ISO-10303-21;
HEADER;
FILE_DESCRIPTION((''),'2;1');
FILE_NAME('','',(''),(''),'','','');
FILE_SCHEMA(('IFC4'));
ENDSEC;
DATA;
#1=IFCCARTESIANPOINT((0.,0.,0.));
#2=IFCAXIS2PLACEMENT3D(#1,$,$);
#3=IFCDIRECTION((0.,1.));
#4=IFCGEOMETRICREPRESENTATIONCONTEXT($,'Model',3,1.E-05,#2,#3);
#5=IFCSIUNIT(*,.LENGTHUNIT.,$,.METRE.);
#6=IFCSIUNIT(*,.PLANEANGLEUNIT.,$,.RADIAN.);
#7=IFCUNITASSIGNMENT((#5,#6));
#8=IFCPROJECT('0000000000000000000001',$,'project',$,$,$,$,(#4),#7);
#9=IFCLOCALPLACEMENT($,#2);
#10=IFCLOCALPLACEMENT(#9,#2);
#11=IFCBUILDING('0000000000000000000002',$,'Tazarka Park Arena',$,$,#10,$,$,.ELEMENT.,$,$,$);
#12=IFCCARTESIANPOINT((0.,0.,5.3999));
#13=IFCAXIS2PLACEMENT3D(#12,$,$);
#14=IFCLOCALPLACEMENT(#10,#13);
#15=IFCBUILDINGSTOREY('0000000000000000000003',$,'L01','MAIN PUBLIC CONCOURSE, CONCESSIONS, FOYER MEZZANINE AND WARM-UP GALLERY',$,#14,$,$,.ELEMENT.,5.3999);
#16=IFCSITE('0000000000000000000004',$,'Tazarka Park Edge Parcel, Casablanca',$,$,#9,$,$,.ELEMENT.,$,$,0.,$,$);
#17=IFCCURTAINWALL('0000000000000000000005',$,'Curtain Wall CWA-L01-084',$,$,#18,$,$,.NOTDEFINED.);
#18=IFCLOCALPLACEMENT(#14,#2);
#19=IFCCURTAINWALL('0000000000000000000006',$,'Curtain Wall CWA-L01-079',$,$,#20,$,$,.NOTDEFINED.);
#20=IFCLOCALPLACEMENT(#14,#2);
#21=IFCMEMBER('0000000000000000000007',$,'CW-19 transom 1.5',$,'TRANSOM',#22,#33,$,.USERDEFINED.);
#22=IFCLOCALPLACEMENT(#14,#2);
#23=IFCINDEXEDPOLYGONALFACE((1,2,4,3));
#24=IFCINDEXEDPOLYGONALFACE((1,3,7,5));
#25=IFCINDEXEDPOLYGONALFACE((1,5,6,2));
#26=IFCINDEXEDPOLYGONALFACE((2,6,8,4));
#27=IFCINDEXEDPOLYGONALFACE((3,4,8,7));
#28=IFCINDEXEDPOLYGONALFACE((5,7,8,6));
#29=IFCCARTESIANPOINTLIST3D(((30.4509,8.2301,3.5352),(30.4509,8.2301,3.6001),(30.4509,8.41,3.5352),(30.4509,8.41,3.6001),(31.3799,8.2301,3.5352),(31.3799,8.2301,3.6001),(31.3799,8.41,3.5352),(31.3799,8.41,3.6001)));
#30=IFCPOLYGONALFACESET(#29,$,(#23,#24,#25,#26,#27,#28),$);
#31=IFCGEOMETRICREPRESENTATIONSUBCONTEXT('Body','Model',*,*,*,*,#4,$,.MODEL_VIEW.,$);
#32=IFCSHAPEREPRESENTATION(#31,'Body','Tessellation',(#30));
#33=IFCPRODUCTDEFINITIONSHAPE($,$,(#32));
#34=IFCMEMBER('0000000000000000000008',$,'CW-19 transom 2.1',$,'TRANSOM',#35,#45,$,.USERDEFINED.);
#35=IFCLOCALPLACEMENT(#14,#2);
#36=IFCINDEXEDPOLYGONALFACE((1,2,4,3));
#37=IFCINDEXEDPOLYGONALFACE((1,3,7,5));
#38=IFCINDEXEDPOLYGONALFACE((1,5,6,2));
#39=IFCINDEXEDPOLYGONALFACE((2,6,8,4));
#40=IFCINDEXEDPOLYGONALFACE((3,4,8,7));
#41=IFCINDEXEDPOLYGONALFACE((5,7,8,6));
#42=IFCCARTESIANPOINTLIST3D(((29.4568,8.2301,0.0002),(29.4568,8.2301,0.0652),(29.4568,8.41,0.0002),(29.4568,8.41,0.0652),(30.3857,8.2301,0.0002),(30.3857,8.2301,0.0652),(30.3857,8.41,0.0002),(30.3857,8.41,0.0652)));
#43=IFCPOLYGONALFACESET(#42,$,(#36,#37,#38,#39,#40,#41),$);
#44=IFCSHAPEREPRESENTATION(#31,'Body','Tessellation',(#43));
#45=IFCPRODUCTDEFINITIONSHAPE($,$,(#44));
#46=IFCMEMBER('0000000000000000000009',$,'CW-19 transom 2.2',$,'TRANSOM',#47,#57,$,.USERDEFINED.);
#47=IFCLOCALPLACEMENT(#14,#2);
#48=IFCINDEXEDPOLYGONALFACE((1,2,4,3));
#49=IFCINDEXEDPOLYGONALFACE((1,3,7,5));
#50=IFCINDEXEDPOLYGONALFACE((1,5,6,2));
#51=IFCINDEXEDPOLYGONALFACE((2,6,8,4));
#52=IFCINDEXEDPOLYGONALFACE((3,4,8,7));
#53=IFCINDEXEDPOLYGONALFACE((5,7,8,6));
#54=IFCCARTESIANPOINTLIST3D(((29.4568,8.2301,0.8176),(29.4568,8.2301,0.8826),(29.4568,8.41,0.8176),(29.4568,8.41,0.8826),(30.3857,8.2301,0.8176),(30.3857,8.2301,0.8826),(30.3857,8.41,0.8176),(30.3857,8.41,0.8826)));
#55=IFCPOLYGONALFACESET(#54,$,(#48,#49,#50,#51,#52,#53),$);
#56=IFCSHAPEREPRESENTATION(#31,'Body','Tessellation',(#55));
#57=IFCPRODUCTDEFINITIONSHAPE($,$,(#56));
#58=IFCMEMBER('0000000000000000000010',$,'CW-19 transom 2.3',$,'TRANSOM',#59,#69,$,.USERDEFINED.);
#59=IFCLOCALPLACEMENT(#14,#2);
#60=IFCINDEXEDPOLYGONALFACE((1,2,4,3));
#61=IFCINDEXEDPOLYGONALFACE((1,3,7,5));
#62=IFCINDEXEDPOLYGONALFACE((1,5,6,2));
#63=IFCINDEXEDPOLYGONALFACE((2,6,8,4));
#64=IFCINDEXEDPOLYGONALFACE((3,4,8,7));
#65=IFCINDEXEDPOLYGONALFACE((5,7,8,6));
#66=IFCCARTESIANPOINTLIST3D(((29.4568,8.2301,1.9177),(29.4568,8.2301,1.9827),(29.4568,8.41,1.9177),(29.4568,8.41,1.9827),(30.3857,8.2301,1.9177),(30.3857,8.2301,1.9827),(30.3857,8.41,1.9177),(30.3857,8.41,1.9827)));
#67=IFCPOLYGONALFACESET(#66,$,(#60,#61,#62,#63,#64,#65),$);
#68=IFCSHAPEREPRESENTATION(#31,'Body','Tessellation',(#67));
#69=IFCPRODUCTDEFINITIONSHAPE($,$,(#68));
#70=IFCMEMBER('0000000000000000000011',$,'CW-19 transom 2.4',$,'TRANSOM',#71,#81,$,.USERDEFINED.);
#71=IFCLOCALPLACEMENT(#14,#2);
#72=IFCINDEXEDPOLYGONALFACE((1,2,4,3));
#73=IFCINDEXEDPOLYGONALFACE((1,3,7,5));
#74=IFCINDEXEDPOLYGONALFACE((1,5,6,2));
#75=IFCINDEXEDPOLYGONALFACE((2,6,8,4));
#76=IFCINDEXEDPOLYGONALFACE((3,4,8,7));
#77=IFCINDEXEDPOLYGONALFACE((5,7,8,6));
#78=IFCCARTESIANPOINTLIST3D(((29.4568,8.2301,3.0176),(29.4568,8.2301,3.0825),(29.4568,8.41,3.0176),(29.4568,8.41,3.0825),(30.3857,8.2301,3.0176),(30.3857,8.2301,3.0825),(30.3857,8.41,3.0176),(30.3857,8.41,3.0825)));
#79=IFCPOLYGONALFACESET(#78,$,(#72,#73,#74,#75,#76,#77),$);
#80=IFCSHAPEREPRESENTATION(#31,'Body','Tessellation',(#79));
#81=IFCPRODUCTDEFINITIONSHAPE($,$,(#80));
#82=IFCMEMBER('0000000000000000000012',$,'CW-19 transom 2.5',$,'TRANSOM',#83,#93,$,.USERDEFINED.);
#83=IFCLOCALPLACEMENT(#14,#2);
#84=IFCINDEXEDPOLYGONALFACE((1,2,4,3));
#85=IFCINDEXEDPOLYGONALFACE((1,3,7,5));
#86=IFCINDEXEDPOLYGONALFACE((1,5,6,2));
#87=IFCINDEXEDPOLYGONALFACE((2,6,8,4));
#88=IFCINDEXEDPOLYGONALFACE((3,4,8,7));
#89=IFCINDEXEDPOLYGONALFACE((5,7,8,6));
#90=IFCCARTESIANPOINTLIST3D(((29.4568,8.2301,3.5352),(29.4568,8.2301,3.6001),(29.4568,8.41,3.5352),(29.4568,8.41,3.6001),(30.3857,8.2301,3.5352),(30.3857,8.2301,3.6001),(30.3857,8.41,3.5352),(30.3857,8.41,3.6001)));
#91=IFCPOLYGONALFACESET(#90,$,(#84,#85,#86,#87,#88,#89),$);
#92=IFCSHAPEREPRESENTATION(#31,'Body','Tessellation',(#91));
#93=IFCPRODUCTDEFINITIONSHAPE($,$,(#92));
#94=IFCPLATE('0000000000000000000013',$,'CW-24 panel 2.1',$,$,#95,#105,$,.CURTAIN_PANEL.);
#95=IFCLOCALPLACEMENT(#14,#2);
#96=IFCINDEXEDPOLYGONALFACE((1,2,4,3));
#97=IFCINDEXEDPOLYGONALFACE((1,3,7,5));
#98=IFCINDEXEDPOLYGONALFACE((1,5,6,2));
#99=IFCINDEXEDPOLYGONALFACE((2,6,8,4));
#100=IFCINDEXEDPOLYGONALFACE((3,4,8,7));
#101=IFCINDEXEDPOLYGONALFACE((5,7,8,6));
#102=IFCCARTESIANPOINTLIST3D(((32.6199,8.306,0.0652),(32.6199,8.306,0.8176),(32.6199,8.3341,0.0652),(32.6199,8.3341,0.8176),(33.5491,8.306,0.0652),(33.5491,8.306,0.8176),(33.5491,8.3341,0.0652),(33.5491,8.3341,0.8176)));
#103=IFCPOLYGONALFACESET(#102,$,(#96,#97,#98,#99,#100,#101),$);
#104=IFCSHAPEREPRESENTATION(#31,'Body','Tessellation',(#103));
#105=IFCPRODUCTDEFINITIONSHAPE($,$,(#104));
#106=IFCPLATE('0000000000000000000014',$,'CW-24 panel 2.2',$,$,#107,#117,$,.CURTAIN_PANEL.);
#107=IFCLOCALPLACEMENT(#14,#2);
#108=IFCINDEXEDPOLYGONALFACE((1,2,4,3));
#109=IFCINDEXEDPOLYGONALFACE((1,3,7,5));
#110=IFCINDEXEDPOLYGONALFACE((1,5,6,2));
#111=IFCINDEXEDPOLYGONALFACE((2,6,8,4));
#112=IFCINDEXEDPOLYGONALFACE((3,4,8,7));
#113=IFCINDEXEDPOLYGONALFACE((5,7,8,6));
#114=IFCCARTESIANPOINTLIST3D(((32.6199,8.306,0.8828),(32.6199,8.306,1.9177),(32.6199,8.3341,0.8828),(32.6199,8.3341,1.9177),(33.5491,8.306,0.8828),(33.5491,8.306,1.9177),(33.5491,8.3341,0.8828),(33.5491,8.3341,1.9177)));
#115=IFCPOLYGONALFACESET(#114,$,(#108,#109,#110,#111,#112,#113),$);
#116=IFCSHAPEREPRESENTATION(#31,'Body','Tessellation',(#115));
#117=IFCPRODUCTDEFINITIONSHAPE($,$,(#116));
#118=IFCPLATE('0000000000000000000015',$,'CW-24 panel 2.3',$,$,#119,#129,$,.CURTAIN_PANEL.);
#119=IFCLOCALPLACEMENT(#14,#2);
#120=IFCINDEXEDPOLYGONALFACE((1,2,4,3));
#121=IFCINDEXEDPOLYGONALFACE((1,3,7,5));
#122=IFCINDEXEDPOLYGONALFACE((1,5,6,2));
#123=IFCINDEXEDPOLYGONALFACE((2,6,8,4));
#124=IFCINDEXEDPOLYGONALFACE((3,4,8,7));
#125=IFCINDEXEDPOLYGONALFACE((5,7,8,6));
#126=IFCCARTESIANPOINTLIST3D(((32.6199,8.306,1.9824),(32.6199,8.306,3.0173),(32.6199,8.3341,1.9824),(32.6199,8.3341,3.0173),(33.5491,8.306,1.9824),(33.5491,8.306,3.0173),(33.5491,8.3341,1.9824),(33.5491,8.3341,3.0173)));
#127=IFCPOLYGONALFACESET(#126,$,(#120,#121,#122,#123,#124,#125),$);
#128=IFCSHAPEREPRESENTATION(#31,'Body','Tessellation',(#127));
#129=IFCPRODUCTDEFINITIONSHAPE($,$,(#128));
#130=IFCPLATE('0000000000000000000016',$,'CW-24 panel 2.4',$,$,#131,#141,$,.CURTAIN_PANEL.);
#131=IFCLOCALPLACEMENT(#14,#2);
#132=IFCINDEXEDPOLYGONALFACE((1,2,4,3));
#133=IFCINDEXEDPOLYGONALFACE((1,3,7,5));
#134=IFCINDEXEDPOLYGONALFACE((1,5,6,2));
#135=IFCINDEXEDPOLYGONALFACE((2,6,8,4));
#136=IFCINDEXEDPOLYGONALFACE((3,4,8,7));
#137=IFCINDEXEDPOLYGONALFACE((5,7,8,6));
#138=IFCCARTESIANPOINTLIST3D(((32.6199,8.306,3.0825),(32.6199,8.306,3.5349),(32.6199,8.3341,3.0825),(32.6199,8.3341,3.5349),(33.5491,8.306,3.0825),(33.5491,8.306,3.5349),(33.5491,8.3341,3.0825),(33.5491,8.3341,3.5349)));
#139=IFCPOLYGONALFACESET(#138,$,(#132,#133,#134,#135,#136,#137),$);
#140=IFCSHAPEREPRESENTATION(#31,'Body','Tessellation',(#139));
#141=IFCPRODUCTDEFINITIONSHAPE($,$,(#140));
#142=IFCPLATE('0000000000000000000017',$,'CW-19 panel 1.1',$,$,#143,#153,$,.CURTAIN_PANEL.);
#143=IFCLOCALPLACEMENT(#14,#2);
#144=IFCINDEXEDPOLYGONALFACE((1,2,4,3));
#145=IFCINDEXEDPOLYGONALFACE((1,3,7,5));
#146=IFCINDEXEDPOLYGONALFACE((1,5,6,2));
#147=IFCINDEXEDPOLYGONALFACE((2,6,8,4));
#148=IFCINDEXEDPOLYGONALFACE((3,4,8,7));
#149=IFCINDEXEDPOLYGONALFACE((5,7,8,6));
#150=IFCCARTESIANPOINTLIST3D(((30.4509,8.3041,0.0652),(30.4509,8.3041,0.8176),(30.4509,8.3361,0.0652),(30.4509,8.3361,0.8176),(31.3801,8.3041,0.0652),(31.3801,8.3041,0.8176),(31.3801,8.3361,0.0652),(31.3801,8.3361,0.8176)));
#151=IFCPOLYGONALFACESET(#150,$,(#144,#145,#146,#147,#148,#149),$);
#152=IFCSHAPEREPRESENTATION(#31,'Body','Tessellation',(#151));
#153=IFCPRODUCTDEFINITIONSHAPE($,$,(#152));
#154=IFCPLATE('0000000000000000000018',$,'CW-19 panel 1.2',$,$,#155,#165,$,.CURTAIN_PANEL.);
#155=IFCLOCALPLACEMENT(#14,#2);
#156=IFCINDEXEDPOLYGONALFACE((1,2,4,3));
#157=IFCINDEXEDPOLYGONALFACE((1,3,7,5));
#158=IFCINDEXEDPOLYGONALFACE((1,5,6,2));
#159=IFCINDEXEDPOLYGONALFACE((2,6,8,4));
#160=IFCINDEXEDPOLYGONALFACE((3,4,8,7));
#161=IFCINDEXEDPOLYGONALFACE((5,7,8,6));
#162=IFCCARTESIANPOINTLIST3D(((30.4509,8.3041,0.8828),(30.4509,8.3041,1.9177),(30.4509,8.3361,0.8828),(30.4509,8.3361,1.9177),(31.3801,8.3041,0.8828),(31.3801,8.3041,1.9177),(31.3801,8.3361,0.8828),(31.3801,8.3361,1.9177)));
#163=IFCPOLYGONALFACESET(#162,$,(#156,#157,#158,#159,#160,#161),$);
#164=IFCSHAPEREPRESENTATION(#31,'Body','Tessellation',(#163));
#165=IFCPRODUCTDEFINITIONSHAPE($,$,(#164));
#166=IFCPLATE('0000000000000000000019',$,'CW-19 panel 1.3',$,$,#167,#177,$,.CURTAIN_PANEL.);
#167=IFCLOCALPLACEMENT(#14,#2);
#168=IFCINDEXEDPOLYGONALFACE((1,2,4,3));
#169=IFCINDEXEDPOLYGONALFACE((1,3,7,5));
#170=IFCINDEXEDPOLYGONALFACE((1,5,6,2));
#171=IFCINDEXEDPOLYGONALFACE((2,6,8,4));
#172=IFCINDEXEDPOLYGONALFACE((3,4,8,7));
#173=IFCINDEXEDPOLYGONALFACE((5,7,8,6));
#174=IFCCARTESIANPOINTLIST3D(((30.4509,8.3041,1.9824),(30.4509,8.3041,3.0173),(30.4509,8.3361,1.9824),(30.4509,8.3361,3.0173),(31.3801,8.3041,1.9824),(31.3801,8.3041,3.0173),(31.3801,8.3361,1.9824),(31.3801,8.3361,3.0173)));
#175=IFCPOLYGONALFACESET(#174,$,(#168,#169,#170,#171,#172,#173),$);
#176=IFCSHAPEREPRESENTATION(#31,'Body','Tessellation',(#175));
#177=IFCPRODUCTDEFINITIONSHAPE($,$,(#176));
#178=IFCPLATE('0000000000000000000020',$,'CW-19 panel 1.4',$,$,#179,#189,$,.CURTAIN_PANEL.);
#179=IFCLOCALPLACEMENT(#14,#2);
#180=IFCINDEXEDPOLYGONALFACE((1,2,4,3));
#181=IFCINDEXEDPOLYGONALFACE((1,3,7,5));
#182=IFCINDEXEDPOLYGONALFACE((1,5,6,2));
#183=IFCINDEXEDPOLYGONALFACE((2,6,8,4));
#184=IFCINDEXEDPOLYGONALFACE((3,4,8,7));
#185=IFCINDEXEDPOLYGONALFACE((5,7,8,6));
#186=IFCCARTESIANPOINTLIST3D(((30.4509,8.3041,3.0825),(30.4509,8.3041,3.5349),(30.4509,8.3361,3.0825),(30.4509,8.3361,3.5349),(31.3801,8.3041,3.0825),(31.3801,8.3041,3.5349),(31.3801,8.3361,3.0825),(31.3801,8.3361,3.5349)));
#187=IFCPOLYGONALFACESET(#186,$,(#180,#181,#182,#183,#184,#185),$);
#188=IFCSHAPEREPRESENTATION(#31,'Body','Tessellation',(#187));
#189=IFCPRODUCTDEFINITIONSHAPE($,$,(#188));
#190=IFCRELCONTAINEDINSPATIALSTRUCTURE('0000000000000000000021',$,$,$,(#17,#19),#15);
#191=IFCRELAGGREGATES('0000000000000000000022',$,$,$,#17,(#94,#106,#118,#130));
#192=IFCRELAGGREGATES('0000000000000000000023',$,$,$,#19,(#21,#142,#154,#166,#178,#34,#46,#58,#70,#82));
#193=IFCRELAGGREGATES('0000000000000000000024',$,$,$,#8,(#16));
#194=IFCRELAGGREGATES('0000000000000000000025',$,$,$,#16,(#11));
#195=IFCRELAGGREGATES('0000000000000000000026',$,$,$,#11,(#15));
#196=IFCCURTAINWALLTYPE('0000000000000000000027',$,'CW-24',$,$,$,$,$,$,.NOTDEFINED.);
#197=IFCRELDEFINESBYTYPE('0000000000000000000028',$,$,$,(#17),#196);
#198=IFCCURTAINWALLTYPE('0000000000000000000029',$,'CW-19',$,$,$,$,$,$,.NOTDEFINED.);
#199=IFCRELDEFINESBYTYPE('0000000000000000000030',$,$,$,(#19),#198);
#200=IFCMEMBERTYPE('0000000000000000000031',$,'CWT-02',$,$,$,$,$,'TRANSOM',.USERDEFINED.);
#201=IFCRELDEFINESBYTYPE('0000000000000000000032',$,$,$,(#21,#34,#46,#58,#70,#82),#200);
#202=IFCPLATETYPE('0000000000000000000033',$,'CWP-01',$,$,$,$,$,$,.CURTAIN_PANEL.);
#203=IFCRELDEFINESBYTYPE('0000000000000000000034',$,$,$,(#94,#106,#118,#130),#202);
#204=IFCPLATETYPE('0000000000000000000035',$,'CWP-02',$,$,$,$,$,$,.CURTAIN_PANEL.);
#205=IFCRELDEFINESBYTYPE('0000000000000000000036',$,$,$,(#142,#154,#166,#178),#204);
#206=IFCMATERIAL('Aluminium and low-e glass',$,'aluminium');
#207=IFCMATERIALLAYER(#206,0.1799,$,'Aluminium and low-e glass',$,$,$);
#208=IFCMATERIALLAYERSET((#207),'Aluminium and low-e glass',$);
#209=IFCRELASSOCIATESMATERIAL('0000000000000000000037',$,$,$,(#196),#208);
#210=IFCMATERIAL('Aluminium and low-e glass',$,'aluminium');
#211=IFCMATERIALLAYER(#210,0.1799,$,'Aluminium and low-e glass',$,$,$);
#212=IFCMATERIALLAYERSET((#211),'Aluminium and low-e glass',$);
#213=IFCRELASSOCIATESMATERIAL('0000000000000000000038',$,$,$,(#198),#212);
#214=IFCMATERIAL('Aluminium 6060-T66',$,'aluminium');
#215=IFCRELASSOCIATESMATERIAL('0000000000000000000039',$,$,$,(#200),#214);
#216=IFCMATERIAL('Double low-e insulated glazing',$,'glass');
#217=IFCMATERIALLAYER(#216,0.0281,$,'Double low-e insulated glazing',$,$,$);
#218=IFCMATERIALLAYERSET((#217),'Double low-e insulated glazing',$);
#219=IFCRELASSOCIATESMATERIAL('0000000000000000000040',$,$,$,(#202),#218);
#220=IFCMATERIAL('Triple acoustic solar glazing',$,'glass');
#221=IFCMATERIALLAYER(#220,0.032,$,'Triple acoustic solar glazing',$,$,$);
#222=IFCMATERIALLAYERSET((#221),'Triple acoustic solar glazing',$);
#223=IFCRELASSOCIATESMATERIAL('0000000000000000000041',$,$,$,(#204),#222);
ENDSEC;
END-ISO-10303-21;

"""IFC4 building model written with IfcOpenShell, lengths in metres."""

from ifc_helpers import new_model, si_unit, direction, frame, origin, origin_2d, place, context, subcontext, project, spatial, rectangle, extrude, material, layer, layer_set, material_profile, profile_set, type_object, element, aggregate, save


model = new_model("IFC4")

# Units and contexts
model_context = context("Model", 3, precision=1e-05, world=origin(), true_north=direction((0.0, 1.0)))
body_context = subcontext(model_context, "Body", "Model", "MODEL_VIEW")
ifc_project = project(units=[si_unit("LENGTHUNIT", "METRE"), si_unit("PLANEANGLEUNIT", "RADIAN")], contexts=[model_context])

# Site, building, storey
site_placement = place(None, origin())
site = spatial("IfcSite", under=ifc_project, at=site_placement, Name="Tazarka Park Edge Parcel, Casablanca", CompositionType="ELEMENT", RefElevation=0.0)
building_placement = place(site_placement, origin())
building = spatial("IfcBuilding", under=site, at=building_placement, Name="Tazarka Park Arena", CompositionType="ELEMENT")
storey_placement = place(building_placement, frame((0.0, 0.0, 5.3999)))
storey = spatial("IfcBuildingStorey", under=building, at=storey_placement, Name="L01", Description="MAIN PUBLIC CONCOURSE, CONCESSIONS, FOYER MEZZANINE AND WARM-UP GALLERY", CompositionType="ELEMENT", Elevation=5.3999)

# Curtain wall
ifc_material_1 = material(Name="Aluminium and low-e glass", Category="aluminium")
ifc_layer_1 = layer(ifc_material_1, 0.1799, Name="Aluminium and low-e glass")
ifc_layer_set_1 = layer_set([ifc_layer_1], Name="Aluminium and low-e glass")
curtain_wall_type_1 = type_object("IfcCurtainWallType", Name="CW-24", PredefinedType="NOTDEFINED", material=ifc_layer_set_1)
curtain_wall_1_placement = place(storey_placement, origin())
curtain_wall_1 = element("IfcCurtainWall", 1, at=curtain_wall_1_placement, inside=storey, type_object=curtain_wall_type_1, Name="Curtain Wall CWA-L01-084", PredefinedType="NOTDEFINED")

# Curtain wall
ifc_material_2 = material(Name="Aluminium and low-e glass", Category="aluminium")
ifc_layer_2 = layer(ifc_material_2, 0.1799, Name="Aluminium and low-e glass")
ifc_layer_set_2 = layer_set([ifc_layer_2], Name="Aluminium and low-e glass")
curtain_wall_type_2 = type_object("IfcCurtainWallType", Name="CW-19", PredefinedType="NOTDEFINED", material=ifc_layer_set_2)
curtain_wall_2_placement = place(storey_placement, origin())
curtain_wall_2 = element("IfcCurtainWall", 2, at=curtain_wall_2_placement, inside=storey, type_object=curtain_wall_type_2, Name="Curtain Wall CWA-L01-079", PredefinedType="NOTDEFINED")

# Members
ifc_material_3 = material(Name="Aluminium 6060-T66", Category="aluminium")
ifc_material_profile_1 = material_profile(ifc_material_3, rectangle(XDim=0.1799, YDim=0.0649, at=origin_2d()), Name="Aluminium 6060-T66")
ifc_profile_set_1 = profile_set([ifc_material_profile_1], Name="Aluminium 6060-T66")
member_type_1 = type_object("IfcMemberType", Name="CWT-02", ElementType="TRANSOM", PredefinedType="USERDEFINED", material=ifc_profile_set_1)
member_1_placement = place(storey_placement, frame((31.3799, 8.3201, 3.5676), z_axis=(-1.0, 0.0, 0.0), x_axis=(0.0, -1.0, 0.0)))
member_1 = element("IfcMember", 3, at=member_1_placement, type_object=member_type_1, Name="CW-19 transom 1.5", ObjectType="TRANSOM", PredefinedType="USERDEFINED", context=body_context, shape_type="SweptSolid", body=[
    extrude(rectangle(XDim=0.1799, YDim=0.0649, at=origin_2d()), origin(), (0.0, 0.0, 1.0), 0.929),
])
member_2_placement = place(storey_placement, frame((30.3857, 8.3201, 0.0327), z_axis=(-1.0, 0.0, 0.0), x_axis=(0.0, -1.0, 0.0)))
member_2 = element("IfcMember", 4, at=member_2_placement, type_object=member_type_1, Name="CW-19 transom 2.1", ObjectType="TRANSOM", PredefinedType="USERDEFINED", context=body_context, shape_type="SweptSolid", body=[
    extrude(rectangle(XDim=0.1799, YDim=0.0649, at=origin_2d()), origin(), (0.0, 0.0, 1.0), 0.929),
])
member_3_placement = place(storey_placement, frame((30.3857, 8.3201, 0.8501), z_axis=(-1.0, 0.0, 0.0), x_axis=(0.0, -1.0, 0.0)))
member_3 = element("IfcMember", 5, at=member_3_placement, type_object=member_type_1, Name="CW-19 transom 2.2", ObjectType="TRANSOM", PredefinedType="USERDEFINED", context=body_context, shape_type="SweptSolid", body=[
    extrude(rectangle(XDim=0.1799, YDim=0.0649, at=origin_2d()), origin(), (0.0, 0.0, 1.0), 0.929),
])
member_4_placement = place(storey_placement, frame((30.3857, 8.3201, 1.9502), z_axis=(-1.0, 0.0, 0.0), x_axis=(0.0, -1.0, 0.0)))
member_4 = element("IfcMember", 6, at=member_4_placement, type_object=member_type_1, Name="CW-19 transom 2.3", ObjectType="TRANSOM", PredefinedType="USERDEFINED", context=body_context, shape_type="SweptSolid", body=[
    extrude(rectangle(XDim=0.1799, YDim=0.0649, at=origin_2d()), origin(), (0.0, 0.0, 1.0), 0.929),
])
member_5_placement = place(storey_placement, frame((30.3857, 8.3201, 3.05), z_axis=(-1.0, 0.0, 0.0), x_axis=(0.0, -1.0, 0.0)))
member_5 = element("IfcMember", 7, at=member_5_placement, type_object=member_type_1, Name="CW-19 transom 2.4", ObjectType="TRANSOM", PredefinedType="USERDEFINED", context=body_context, shape_type="SweptSolid", body=[
    extrude(rectangle(XDim=0.1799, YDim=0.0649, at=origin_2d()), origin(), (0.0, 0.0, 1.0), 0.929),
])
member_6_placement = place(storey_placement, frame((30.3857, 8.3201, 3.5676), z_axis=(-1.0, 0.0, 0.0), x_axis=(0.0, -1.0, 0.0)))
member_6 = element("IfcMember", 8, at=member_6_placement, type_object=member_type_1, Name="CW-19 transom 2.5", ObjectType="TRANSOM", PredefinedType="USERDEFINED", context=body_context, shape_type="SweptSolid", body=[
    extrude(rectangle(XDim=0.1799, YDim=0.0649, at=origin_2d()), origin(), (0.0, 0.0, 1.0), 0.929),
])

# Plates
ifc_material_4 = material(Name="Double low-e insulated glazing", Category="glass")
ifc_layer_3 = layer(ifc_material_4, 0.0281, Name="Double low-e insulated glazing")
ifc_layer_set_3 = layer_set([ifc_layer_3], Name="Double low-e insulated glazing")
plate_type_1 = type_object("IfcPlateType", Name="CWP-01", PredefinedType="CURTAIN_PANEL", material=ifc_layer_set_3)
plate_1_placement = place(storey_placement, frame((33.0845, 8.3201, 0.0652), z_axis=(0.0, 0.0, 1.0), x_axis=(-1.0, 0.0, 0.0)))
plate_1 = element("IfcPlate", 9, at=plate_1_placement, type_object=plate_type_1, Name="CW-24 panel 2.1", PredefinedType="CURTAIN_PANEL", context=body_context, shape_type="SweptSolid", body=[
    extrude(rectangle(XDim=0.9292, YDim=0.0281, at=origin_2d()), origin(), (0.0, 0.0, 1.0), 0.7524),
])
plate_2_placement = place(storey_placement, frame((33.0845, 8.3201, 0.8828), z_axis=(0.0, 0.0, 1.0), x_axis=(-1.0, 0.0, 0.0)))
plate_2 = element("IfcPlate", 10, at=plate_2_placement, type_object=plate_type_1, Name="CW-24 panel 2.2", PredefinedType="CURTAIN_PANEL", context=body_context, shape_type="SweptSolid", body=[
    extrude(rectangle(XDim=0.9292, YDim=0.0281, at=origin_2d()), origin(), (0.0, 0.0, 1.0), 1.0349),
])
plate_3_placement = place(storey_placement, frame((33.0845, 8.3201, 1.9824), z_axis=(0.0, 0.0, 1.0), x_axis=(-1.0, 0.0, 0.0)))
plate_3 = element("IfcPlate", 11, at=plate_3_placement, type_object=plate_type_1, Name="CW-24 panel 2.3", PredefinedType="CURTAIN_PANEL", context=body_context, shape_type="SweptSolid", body=[
    extrude(rectangle(XDim=0.9292, YDim=0.0281, at=origin_2d()), origin(), (0.0, 0.0, 1.0), 1.0349),
])
plate_4_placement = place(storey_placement, frame((33.0845, 8.3201, 3.0825), z_axis=(0.0, 0.0, 1.0), x_axis=(-1.0, 0.0, 0.0)))
plate_4 = element("IfcPlate", 12, at=plate_4_placement, type_object=plate_type_1, Name="CW-24 panel 2.4", PredefinedType="CURTAIN_PANEL", context=body_context, shape_type="SweptSolid", body=[
    extrude(rectangle(XDim=0.9292, YDim=0.0281, at=origin_2d()), origin(), (0.0, 0.0, 1.0), 0.4524),
])
aggregate(curtain_wall_1, [plate_1, plate_2, plate_3, plate_4])
ifc_material_5 = material(Name="Triple acoustic solar glazing", Category="glass")
ifc_layer_4 = layer(ifc_material_5, 0.032, Name="Triple acoustic solar glazing")
ifc_layer_set_4 = layer_set([ifc_layer_4], Name="Triple acoustic solar glazing")
plate_type_2 = type_object("IfcPlateType", Name="CWP-02", PredefinedType="CURTAIN_PANEL", material=ifc_layer_set_4)
plate_5_placement = place(storey_placement, frame((30.9155, 8.3201, 0.0652), z_axis=(0.0, 0.0, 1.0), x_axis=(-1.0, 0.0, 0.0)))
plate_5 = element("IfcPlate", 13, at=plate_5_placement, type_object=plate_type_2, Name="CW-19 panel 1.1", PredefinedType="CURTAIN_PANEL", context=body_context, shape_type="SweptSolid", body=[
    extrude(rectangle(XDim=0.9292, YDim=0.032, at=origin_2d()), origin(), (0.0, 0.0, 1.0), 0.7524),
])
plate_6_placement = place(storey_placement, frame((30.9155, 8.3201, 0.8828), z_axis=(0.0, 0.0, 1.0), x_axis=(-1.0, 0.0, 0.0)))
plate_6 = element("IfcPlate", 14, at=plate_6_placement, type_object=plate_type_2, Name="CW-19 panel 1.2", PredefinedType="CURTAIN_PANEL", context=body_context, shape_type="SweptSolid", body=[
    extrude(rectangle(XDim=0.9292, YDim=0.032, at=origin_2d()), origin(), (0.0, 0.0, 1.0), 1.0349),
])
plate_7_placement = place(storey_placement, frame((30.9155, 8.3201, 1.9824), z_axis=(0.0, 0.0, 1.0), x_axis=(-1.0, 0.0, 0.0)))
plate_7 = element("IfcPlate", 15, at=plate_7_placement, type_object=plate_type_2, Name="CW-19 panel 1.3", PredefinedType="CURTAIN_PANEL", context=body_context, shape_type="SweptSolid", body=[
    extrude(rectangle(XDim=0.9292, YDim=0.032, at=origin_2d()), origin(), (0.0, 0.0, 1.0), 1.0349),
])
plate_8_placement = place(storey_placement, frame((30.9155, 8.3201, 3.0825), z_axis=(0.0, 0.0, 1.0), x_axis=(-1.0, 0.0, 0.0)))
plate_8 = element("IfcPlate", 16, at=plate_8_placement, type_object=plate_type_2, Name="CW-19 panel 1.4", PredefinedType="CURTAIN_PANEL", context=body_context, shape_type="SweptSolid", body=[
    extrude(rectangle(XDim=0.9292, YDim=0.032, at=origin_2d()), origin(), (0.0, 0.0, 1.0), 0.4524),
])
aggregate(curtain_wall_2, [member_1, plate_5, plate_6, plate_7, plate_8, member_2, member_3, member_4, member_5, member_6])

save(model, "model.ifc")
